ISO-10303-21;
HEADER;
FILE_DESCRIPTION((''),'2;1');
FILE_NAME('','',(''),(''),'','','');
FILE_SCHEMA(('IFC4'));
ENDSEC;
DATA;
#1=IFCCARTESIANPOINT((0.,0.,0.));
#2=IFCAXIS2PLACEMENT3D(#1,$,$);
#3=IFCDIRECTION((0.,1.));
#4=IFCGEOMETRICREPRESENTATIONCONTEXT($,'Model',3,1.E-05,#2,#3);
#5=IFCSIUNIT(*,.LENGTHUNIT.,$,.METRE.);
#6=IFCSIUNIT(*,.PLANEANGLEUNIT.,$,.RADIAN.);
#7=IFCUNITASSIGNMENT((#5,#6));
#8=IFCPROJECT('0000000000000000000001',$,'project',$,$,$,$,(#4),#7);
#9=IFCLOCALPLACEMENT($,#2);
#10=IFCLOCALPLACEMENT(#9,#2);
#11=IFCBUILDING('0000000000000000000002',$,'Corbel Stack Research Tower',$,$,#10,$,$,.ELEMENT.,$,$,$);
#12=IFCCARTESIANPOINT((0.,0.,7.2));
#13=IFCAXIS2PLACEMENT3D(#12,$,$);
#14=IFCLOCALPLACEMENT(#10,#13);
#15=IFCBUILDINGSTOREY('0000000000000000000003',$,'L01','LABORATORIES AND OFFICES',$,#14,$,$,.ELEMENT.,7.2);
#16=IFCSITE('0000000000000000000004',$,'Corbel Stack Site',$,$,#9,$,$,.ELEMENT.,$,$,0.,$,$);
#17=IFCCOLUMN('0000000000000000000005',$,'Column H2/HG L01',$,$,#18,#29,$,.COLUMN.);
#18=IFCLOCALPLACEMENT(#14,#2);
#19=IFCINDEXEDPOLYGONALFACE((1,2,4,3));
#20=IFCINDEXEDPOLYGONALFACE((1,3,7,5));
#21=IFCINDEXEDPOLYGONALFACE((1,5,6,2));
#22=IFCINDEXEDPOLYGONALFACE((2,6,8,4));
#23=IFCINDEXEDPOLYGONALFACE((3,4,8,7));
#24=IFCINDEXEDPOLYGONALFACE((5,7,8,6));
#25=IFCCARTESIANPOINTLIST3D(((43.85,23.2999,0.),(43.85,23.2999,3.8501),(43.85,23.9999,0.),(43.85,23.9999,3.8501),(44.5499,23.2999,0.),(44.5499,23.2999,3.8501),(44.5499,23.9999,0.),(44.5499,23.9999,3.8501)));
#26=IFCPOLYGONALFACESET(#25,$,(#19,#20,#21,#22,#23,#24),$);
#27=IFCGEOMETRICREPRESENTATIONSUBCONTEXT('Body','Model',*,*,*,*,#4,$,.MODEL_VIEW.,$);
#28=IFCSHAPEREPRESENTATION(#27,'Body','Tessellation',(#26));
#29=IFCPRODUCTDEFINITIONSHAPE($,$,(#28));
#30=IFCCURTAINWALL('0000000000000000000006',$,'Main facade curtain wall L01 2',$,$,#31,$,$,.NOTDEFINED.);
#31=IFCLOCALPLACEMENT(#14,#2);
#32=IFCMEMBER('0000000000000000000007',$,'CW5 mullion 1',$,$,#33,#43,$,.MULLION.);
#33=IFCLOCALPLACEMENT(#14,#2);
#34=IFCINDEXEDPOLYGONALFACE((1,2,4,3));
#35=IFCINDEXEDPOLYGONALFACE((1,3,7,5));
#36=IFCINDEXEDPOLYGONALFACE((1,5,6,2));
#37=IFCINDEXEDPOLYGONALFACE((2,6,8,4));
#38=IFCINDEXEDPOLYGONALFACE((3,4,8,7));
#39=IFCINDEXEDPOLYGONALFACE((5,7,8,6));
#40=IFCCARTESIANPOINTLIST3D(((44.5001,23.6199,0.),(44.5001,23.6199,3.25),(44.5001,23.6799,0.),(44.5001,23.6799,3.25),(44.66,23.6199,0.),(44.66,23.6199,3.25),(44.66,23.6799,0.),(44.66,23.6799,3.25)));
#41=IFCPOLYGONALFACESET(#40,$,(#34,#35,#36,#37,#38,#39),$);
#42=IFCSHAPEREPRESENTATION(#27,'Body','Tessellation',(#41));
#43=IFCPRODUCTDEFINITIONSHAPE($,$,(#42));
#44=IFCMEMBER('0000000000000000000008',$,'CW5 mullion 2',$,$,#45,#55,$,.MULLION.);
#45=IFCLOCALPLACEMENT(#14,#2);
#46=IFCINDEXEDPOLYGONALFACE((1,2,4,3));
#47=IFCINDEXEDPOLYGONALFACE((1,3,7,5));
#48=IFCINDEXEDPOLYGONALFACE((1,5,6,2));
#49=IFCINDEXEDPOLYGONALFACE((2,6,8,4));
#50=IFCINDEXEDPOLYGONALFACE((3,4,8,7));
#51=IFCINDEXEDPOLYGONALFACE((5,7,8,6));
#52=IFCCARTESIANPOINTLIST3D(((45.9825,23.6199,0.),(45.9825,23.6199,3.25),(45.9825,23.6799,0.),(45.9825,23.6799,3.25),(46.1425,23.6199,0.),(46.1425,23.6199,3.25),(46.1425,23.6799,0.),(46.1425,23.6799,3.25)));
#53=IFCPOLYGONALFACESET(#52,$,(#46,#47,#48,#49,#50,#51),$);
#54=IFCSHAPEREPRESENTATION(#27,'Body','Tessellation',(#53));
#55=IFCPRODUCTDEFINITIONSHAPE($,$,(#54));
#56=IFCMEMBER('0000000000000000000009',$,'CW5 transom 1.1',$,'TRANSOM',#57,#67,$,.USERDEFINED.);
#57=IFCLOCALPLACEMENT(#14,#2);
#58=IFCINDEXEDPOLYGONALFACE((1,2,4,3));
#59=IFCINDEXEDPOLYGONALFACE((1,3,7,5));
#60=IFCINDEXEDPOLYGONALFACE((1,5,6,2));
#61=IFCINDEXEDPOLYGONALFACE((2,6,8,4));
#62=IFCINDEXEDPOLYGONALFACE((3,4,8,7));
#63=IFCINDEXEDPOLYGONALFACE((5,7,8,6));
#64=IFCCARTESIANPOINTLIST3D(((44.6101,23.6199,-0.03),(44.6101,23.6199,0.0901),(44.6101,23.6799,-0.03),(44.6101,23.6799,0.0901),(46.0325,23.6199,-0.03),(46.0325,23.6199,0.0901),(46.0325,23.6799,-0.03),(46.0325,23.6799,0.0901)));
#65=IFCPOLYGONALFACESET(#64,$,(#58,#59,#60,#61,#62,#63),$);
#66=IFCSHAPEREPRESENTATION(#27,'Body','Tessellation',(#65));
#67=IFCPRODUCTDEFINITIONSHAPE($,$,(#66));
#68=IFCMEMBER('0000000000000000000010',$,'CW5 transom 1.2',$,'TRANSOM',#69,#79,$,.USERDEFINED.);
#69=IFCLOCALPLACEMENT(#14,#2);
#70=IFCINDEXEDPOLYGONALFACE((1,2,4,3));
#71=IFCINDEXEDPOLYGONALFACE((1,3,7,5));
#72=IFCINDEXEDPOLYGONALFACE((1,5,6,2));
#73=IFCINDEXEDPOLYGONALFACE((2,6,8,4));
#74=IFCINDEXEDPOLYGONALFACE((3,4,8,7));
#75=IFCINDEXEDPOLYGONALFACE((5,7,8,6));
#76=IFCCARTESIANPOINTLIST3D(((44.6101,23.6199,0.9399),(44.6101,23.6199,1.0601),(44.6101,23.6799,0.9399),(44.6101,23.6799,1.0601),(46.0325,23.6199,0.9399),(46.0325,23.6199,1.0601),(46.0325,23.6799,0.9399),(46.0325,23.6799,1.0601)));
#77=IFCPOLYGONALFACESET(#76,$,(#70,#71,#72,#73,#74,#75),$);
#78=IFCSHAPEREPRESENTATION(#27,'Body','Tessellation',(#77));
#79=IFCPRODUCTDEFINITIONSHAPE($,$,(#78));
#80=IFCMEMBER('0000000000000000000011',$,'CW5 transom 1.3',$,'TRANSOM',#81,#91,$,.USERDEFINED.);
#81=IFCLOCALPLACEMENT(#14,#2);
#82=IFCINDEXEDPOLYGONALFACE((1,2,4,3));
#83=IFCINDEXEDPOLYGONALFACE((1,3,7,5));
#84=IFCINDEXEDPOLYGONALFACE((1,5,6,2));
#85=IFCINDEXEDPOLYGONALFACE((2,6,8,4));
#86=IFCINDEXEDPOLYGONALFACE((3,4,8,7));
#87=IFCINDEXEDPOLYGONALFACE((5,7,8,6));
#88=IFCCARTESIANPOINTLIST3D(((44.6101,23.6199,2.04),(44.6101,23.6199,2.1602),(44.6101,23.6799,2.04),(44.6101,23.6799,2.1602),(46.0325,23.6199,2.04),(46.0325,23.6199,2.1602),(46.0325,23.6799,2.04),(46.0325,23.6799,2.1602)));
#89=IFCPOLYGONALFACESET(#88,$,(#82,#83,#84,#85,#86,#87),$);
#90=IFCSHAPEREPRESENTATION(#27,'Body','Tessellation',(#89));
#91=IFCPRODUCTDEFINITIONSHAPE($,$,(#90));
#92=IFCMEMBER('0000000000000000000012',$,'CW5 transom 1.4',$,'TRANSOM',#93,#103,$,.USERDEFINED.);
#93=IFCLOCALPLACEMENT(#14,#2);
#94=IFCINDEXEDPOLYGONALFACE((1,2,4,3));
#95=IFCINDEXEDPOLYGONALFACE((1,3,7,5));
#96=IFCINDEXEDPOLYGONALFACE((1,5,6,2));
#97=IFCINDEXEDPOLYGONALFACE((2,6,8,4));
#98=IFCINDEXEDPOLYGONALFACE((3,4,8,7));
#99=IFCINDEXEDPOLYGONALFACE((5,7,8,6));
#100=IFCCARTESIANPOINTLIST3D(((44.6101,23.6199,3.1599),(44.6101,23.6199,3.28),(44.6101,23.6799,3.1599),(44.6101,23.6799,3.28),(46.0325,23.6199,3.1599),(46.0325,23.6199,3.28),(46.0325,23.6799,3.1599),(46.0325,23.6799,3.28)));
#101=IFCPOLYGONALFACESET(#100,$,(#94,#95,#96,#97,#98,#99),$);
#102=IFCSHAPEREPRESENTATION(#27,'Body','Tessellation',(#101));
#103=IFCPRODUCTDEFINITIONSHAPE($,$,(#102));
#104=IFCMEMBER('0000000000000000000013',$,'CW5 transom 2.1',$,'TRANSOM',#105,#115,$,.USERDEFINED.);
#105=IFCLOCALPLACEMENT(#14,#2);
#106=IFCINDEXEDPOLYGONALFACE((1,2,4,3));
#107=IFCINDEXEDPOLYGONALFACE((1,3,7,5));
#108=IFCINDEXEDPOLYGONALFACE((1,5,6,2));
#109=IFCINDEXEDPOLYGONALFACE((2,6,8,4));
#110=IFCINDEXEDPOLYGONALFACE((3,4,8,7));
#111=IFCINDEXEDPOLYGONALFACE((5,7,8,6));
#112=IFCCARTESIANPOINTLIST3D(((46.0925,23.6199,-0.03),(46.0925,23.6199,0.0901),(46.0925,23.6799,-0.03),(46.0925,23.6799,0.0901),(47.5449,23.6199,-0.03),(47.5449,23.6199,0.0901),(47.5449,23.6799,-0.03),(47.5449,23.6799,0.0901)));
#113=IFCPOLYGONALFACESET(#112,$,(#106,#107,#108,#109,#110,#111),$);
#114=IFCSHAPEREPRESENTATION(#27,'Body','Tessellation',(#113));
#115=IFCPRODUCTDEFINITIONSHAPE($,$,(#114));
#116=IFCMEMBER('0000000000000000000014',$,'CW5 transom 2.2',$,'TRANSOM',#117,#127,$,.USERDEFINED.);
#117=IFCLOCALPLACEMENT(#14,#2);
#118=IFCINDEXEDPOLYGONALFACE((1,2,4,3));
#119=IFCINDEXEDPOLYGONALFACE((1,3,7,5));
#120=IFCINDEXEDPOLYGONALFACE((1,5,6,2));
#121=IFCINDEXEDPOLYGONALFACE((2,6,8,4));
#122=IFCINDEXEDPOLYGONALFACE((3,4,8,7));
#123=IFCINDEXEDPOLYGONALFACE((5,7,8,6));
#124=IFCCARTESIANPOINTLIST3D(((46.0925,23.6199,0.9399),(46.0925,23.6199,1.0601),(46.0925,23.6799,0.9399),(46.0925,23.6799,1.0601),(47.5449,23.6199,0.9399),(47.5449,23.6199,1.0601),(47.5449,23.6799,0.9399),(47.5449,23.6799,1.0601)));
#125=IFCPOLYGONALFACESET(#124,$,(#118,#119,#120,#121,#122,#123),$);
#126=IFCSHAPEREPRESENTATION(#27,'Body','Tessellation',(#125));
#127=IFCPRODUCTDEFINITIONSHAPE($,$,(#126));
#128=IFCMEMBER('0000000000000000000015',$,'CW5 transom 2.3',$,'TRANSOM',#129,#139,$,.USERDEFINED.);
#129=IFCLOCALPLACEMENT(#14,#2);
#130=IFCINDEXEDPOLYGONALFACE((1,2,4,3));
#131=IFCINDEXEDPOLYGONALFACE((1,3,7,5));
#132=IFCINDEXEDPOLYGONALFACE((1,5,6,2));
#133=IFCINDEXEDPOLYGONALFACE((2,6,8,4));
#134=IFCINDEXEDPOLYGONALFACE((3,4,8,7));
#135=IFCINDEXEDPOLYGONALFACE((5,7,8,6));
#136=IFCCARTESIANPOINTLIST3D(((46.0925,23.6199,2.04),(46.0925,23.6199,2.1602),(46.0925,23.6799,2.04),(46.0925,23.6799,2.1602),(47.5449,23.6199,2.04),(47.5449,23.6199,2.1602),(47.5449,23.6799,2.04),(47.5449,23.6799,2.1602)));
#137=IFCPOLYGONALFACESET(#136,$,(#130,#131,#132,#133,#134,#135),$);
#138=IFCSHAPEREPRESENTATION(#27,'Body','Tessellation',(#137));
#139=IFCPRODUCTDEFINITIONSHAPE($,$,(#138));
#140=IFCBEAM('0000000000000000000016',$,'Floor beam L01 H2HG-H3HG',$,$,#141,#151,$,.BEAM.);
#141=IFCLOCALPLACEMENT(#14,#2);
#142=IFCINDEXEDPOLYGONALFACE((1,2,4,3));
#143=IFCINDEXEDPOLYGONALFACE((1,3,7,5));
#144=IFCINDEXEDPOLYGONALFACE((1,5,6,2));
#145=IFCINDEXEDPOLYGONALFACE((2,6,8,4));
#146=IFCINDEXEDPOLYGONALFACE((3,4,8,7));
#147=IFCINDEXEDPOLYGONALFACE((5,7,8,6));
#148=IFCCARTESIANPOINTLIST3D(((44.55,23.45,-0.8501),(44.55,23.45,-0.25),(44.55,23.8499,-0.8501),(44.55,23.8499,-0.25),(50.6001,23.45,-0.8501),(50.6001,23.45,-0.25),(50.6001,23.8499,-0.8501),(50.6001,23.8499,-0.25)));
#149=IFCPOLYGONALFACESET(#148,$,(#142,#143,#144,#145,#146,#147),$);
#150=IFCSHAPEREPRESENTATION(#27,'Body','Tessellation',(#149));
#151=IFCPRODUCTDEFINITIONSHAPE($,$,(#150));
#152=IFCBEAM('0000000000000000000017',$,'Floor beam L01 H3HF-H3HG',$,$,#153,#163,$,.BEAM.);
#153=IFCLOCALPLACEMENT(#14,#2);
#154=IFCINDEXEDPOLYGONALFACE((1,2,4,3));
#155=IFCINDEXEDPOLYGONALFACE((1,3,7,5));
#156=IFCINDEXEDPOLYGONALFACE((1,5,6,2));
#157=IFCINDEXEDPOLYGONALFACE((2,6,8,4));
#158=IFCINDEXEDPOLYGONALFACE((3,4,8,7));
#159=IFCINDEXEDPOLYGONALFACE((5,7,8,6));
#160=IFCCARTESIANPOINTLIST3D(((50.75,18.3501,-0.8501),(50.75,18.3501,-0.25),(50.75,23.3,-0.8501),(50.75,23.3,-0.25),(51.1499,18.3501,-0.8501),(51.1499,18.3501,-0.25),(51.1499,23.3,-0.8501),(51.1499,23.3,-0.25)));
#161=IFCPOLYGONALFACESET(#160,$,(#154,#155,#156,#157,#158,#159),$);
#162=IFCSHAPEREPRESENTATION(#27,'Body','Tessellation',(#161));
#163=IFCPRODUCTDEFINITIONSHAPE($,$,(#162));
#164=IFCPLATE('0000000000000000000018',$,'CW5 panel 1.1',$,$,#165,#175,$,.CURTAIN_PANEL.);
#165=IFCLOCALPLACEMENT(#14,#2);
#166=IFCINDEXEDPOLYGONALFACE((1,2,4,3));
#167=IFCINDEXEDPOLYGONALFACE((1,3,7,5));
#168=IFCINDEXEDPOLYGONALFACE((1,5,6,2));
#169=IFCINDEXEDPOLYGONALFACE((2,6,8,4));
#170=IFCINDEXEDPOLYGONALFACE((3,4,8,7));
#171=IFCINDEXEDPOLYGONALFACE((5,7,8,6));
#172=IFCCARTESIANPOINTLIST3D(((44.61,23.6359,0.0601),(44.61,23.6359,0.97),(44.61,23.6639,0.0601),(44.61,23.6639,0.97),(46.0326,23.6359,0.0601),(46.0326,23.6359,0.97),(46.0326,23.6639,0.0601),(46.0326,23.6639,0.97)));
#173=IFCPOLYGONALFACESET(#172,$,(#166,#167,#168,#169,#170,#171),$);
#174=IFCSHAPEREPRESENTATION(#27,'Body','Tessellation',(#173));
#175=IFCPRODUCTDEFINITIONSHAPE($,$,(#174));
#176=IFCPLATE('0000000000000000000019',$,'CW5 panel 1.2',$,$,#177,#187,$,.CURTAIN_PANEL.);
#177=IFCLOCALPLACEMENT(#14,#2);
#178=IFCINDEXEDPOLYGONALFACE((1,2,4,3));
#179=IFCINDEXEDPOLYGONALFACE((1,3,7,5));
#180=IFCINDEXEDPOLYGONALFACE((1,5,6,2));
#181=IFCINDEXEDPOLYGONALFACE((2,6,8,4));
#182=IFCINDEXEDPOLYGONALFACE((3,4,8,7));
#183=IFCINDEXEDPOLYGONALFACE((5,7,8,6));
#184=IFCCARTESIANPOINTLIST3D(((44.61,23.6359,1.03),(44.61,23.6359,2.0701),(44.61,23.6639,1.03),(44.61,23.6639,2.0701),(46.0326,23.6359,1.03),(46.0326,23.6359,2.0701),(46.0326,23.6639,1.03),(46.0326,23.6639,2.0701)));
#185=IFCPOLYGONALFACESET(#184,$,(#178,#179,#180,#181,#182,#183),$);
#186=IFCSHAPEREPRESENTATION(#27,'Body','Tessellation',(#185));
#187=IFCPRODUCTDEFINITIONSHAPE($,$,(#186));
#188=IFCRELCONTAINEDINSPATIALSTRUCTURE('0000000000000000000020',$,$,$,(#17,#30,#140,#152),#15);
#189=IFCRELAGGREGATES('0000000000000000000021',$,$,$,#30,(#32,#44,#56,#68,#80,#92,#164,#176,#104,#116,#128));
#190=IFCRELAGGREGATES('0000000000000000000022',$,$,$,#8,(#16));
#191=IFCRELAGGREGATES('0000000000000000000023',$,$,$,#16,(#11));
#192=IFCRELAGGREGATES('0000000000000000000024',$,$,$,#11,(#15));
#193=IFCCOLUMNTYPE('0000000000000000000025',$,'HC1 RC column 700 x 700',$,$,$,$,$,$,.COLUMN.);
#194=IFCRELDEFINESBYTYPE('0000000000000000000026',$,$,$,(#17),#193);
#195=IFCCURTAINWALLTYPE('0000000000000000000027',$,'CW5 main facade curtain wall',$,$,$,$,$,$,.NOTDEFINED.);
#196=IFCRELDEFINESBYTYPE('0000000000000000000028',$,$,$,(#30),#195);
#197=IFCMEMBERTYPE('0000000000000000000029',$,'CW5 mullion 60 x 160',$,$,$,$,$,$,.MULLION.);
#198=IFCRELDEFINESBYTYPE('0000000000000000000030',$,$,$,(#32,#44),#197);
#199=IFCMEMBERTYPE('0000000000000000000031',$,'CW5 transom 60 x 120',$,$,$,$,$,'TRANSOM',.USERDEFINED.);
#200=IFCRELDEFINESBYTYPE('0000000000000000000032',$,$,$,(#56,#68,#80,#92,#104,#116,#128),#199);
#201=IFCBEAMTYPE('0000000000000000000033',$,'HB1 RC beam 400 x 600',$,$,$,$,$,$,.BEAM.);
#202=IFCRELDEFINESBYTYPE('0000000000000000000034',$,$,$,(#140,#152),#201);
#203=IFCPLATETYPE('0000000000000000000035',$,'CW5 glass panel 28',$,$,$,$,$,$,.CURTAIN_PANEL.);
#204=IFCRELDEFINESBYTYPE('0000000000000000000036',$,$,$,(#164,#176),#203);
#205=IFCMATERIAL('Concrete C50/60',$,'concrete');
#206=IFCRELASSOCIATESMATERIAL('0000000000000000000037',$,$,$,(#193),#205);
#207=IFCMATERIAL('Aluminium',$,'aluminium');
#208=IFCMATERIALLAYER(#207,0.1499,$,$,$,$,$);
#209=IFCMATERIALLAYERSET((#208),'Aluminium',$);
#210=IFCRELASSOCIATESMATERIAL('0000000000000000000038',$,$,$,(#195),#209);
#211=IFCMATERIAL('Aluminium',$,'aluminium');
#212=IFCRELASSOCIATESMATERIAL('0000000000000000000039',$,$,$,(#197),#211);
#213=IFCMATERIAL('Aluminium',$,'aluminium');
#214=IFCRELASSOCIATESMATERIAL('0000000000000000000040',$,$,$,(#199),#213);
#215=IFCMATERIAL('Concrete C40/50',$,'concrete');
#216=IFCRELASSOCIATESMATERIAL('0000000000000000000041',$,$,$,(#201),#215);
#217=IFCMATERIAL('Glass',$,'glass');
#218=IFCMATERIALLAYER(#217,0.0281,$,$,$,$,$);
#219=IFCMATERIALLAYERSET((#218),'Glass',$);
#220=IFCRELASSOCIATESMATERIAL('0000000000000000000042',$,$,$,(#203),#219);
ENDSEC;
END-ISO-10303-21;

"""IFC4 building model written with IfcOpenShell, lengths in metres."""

from ifc_helpers import new_model, si_unit, direction, frame, origin, origin_2d, place, context, subcontext, project, spatial, rectangle, extrude, material, layer, layer_set, material_profile, profile_set, type_object, element, aggregate, save


model = new_model("IFC4")

# Units and contexts
model_context = context("Model", 3, precision=1e-05, world=origin(), true_north=direction((0.0, 1.0)))
body_context = subcontext(model_context, "Body", "Model", "MODEL_VIEW")
ifc_project = project(units=[si_unit("LENGTHUNIT", "METRE"), si_unit("PLANEANGLEUNIT", "RADIAN")], contexts=[model_context])

# Site, building, storey
site_placement = place(None, origin())
site = spatial("IfcSite", under=ifc_project, at=site_placement, Name="Corbel Stack Site", CompositionType="ELEMENT", RefElevation=0.0)
building_placement = place(site_placement, origin())
building = spatial("IfcBuilding", under=site, at=building_placement, Name="Corbel Stack Research Tower", CompositionType="ELEMENT")
storey_placement = place(building_placement, frame((0.0, 0.0, 7.2)))
storey = spatial("IfcBuildingStorey", under=building, at=storey_placement, Name="L01", Description="LABORATORIES AND OFFICES", CompositionType="ELEMENT", Elevation=7.2)

# Column
ifc_material_1 = material(Name="Concrete C50/60", Category="concrete")
ifc_material_profile_1 = material_profile(ifc_material_1, rectangle(XDim=0.7, YDim=0.7, at=origin_2d()), Name="RC 700 x 700")
ifc_profile_set_1 = profile_set([ifc_material_profile_1], Name="Concrete C50/60")
column_type = type_object("IfcColumnType", Name="HC1 RC column 700 x 700", PredefinedType="COLUMN", material=ifc_profile_set_1)
column_placement = place(storey_placement, frame((44.2, 23.6499, 0.0), z_axis=(0.0, 0.0, 1.0), x_axis=(1.0, 0.0, 0.0)))
element("IfcColumn", 1, at=column_placement, inside=storey, type_object=column_type, Name="Column H2/HG L01", PredefinedType="COLUMN", context=body_context, shape_type="SweptSolid", body=[
    extrude(rectangle(XDim=0.7, YDim=0.7, at=origin_2d()), origin(), (0.0, 0.0, 1.0), 3.8501),
])

# Curtain wall, members
ifc_material_2 = material(Name="Aluminium", Category="aluminium")
ifc_layer_1 = layer(ifc_material_2, 0.1499)
ifc_layer_set_1 = layer_set([ifc_layer_1], Name="Aluminium")
curtain_wall_type = type_object("IfcCurtainWallType", Name="CW5 main facade curtain wall", PredefinedType="NOTDEFINED", material=ifc_layer_set_1)
curtain_wall_placement = place(storey_placement, origin())
curtain_wall = element("IfcCurtainWall", 2, at=curtain_wall_placement, inside=storey, type_object=curtain_wall_type, Name="Main facade curtain wall L01 2", PredefinedType="NOTDEFINED")
ifc_material_3 = material(Name="Aluminium", Category="aluminium")
ifc_material_profile_2 = material_profile(ifc_material_3, rectangle(XDim=0.0601, YDim=0.1599, at=origin_2d()), Name="Mullion 60 x 160")
ifc_profile_set_2 = profile_set([ifc_material_profile_2], Name="Aluminium")
member_type_1 = type_object("IfcMemberType", Name="CW5 mullion 60 x 160", PredefinedType="MULLION", material=ifc_profile_set_2)
member_1_placement = place(storey_placement, frame((44.5801, 23.6499, 0.0), z_axis=(0.0, 0.0, 1.0), x_axis=(0.0, 1.0, 0.0)))
member_1 = element("IfcMember", 3, at=member_1_placement, type_object=member_type_1, Name="CW5 mullion 1", PredefinedType="MULLION", context=body_context, shape_type="SweptSolid", body=[
    extrude(rectangle(XDim=0.0601, YDim=0.1599, at=origin_2d()), origin(), (0.0, 0.0, 1.0), 3.25),
])
member_2_placement = place(storey_placement, frame((46.0625, 23.6499, 0.0), z_axis=(0.0, 0.0, 1.0), x_axis=(0.0, 1.0, 0.0)))
member_2 = element("IfcMember", 4, at=member_2_placement, type_object=member_type_1, Name="CW5 mullion 2", PredefinedType="MULLION", context=body_context, shape_type="SweptSolid", body=[
    extrude(rectangle(XDim=0.0601, YDim=0.1599, at=origin_2d()), origin(), (0.0, 0.0, 1.0), 3.25),
])
ifc_material_4 = material(Name="Aluminium", Category="aluminium")
ifc_material_profile_3 = material_profile(ifc_material_4, rectangle(XDim=0.0601, YDim=0.1201, at=origin_2d()), Name="Transom 60 x 120")
ifc_profile_set_3 = profile_set([ifc_material_profile_3], Name="Aluminium")
member_type_2 = type_object("IfcMemberType", Name="CW5 transom 60 x 120", ElementType="TRANSOM", PredefinedType="USERDEFINED", material=ifc_profile_set_3)
member_3_placement = place(storey_placement, frame((44.6101, 23.6499, 0.03), z_axis=(1.0, 0.0, 0.0), x_axis=(0.0, 1.0, 0.0)))
member_3 = element("IfcMember", 5, at=member_3_placement, type_object=member_type_2, Name="CW5 transom 1.1", ObjectType="TRANSOM", PredefinedType="USERDEFINED", context=body_context, shape_type="SweptSolid", body=[
    extrude(rectangle(XDim=0.0601, YDim=0.1201, at=origin_2d()), origin(), (0.0, 0.0, 1.0), 1.4224),
])
member_4_placement = place(storey_placement, frame((44.6101, 23.6499, 1.0), z_axis=(1.0, 0.0, 0.0), x_axis=(0.0, 1.0, 0.0)))
member_4 = element("IfcMember", 6, at=member_4_placement, type_object=member_type_2, Name="CW5 transom 1.2", ObjectType="TRANSOM", PredefinedType="USERDEFINED", context=body_context, shape_type="SweptSolid", body=[
    extrude(rectangle(XDim=0.0601, YDim=0.1201, at=origin_2d()), origin(), (0.0, 0.0, 1.0), 1.4224),
])
member_5_placement = place(storey_placement, frame((44.6101, 23.6499, 2.1001), z_axis=(1.0, 0.0, 0.0), x_axis=(0.0, 1.0, 0.0)))
member_5 = element("IfcMember", 7, at=member_5_placement, type_object=member_type_2, Name="CW5 transom 1.3", ObjectType="TRANSOM", PredefinedType="USERDEFINED", context=body_context, shape_type="SweptSolid", body=[
    extrude(rectangle(XDim=0.0601, YDim=0.1201, at=origin_2d()), origin(), (0.0, 0.0, 1.0), 1.4224),
])
member_6_placement = place(storey_placement, frame((44.6101, 23.6499, 3.22), z_axis=(1.0, 0.0, 0.0), x_axis=(0.0, 1.0, 0.0)))
member_6 = element("IfcMember", 8, at=member_6_placement, type_object=member_type_2, Name="CW5 transom 1.4", ObjectType="TRANSOM", PredefinedType="USERDEFINED", context=body_context, shape_type="SweptSolid", body=[
    extrude(rectangle(XDim=0.0601, YDim=0.1201, at=origin_2d()), origin(), (0.0, 0.0, 1.0), 1.4224),
])
member_7_placement = place(storey_placement, frame((46.0925, 23.6499, 0.03), z_axis=(1.0, 0.0, 0.0), x_axis=(0.0, 1.0, 0.0)))
member_7 = element("IfcMember", 9, at=member_7_placement, type_object=member_type_2, Name="CW5 transom 2.1", ObjectType="TRANSOM", PredefinedType="USERDEFINED", context=body_context, shape_type="SweptSolid", body=[
    extrude(rectangle(XDim=0.0601, YDim=0.1201, at=origin_2d()), origin(), (0.0, 0.0, 1.0), 1.4524),
])
member_8_placement = place(storey_placement, frame((46.0925, 23.6499, 1.0), z_axis=(1.0, 0.0, 0.0), x_axis=(0.0, 1.0, 0.0)))
member_8 = element("IfcMember", 10, at=member_8_placement, type_object=member_type_2, Name="CW5 transom 2.2", ObjectType="TRANSOM", PredefinedType="USERDEFINED", context=body_context, shape_type="SweptSolid", body=[
    extrude(rectangle(XDim=0.0601, YDim=0.1201, at=origin_2d()), origin(), (0.0, 0.0, 1.0), 1.4524),
])
member_9_placement = place(storey_placement, frame((46.0925, 23.6499, 2.1001), z_axis=(1.0, 0.0, 0.0), x_axis=(0.0, 1.0, 0.0)))
member_9 = element("IfcMember", 11, at=member_9_placement, type_object=member_type_2, Name="CW5 transom 2.3", ObjectType="TRANSOM", PredefinedType="USERDEFINED", context=body_context, shape_type="SweptSolid", body=[
    extrude(rectangle(XDim=0.0601, YDim=0.1201, at=origin_2d()), origin(), (0.0, 0.0, 1.0), 1.4524),
])

# Beams
ifc_material_5 = material(Name="Concrete C40/50", Category="concrete")
ifc_material_profile_4 = material_profile(ifc_material_5, rectangle(XDim=0.3999, YDim=0.6001, at=origin_2d()), Name="RC 400 x 600")
ifc_profile_set_4 = profile_set([ifc_material_profile_4], Name="Concrete C40/50")
beam_type = type_object("IfcBeamType", Name="HB1 RC beam 400 x 600", PredefinedType="BEAM", material=ifc_profile_set_4)
beam_1_placement = place(storey_placement, frame((44.55, 23.6499, -0.55), z_axis=(1.0, 0.0, 0.0), x_axis=(0.0, 1.0, 0.0)))
element("IfcBeam", 12, at=beam_1_placement, inside=storey, type_object=beam_type, Name="Floor beam L01 H2HG-H3HG", PredefinedType="BEAM", context=body_context, shape_type="SweptSolid", body=[
    extrude(rectangle(XDim=0.3999, YDim=0.6001, at=origin_2d()), origin(), (0.0, 0.0, 1.0), 6.05),
])
beam_2_placement = place(storey_placement, frame((50.95, 18.3501, -0.55), z_axis=(0.0, 1.0, 0.0), x_axis=(-1.0, 0.0, 0.0)))
element("IfcBeam", 13, at=beam_2_placement, inside=storey, type_object=beam_type, Name="Floor beam L01 H3HF-H3HG", PredefinedType="BEAM", context=body_context, shape_type="SweptSolid", body=[
    extrude(rectangle(XDim=0.3999, YDim=0.6001, at=origin_2d()), origin(), (0.0, 0.0, 1.0), 4.95),
])

# Plates
ifc_material_6 = material(Name="Glass", Category="glass")
ifc_layer_2 = layer(ifc_material_6, 0.0281)
ifc_layer_set_2 = layer_set([ifc_layer_2], Name="Glass")
plate_type = type_object("IfcPlateType", Name="CW5 glass panel 28", PredefinedType="CURTAIN_PANEL", material=ifc_layer_set_2)
plate_1_placement = place(storey_placement, frame((45.3213, 23.6499, 0.0601), z_axis=(0.0, 0.0, 1.0), x_axis=(1.0, 0.0, 0.0)))
plate_1 = element("IfcPlate", 14, at=plate_1_placement, type_object=plate_type, Name="CW5 panel 1.1", PredefinedType="CURTAIN_PANEL", context=body_context, shape_type="SweptSolid", body=[
    extrude(rectangle(XDim=1.4226, YDim=0.0281, at=origin_2d()), origin(), (0.0, 0.0, 1.0), 0.9099),
])
plate_2_placement = place(storey_placement, frame((45.3213, 23.6499, 1.03), z_axis=(0.0, 0.0, 1.0), x_axis=(1.0, 0.0, 0.0)))
plate_2 = element("IfcPlate", 15, at=plate_2_placement, type_object=plate_type, Name="CW5 panel 1.2", PredefinedType="CURTAIN_PANEL", context=body_context, shape_type="SweptSolid", body=[
    extrude(rectangle(XDim=1.4226, YDim=0.0281, at=origin_2d()), origin(), (0.0, 0.0, 1.0), 1.04),
])
aggregate(curtain_wall, [member_1, member_2, member_3, member_4, member_5, member_6, plate_1, plate_2, member_7, member_8, member_9])

save(model, "model.ifc")
